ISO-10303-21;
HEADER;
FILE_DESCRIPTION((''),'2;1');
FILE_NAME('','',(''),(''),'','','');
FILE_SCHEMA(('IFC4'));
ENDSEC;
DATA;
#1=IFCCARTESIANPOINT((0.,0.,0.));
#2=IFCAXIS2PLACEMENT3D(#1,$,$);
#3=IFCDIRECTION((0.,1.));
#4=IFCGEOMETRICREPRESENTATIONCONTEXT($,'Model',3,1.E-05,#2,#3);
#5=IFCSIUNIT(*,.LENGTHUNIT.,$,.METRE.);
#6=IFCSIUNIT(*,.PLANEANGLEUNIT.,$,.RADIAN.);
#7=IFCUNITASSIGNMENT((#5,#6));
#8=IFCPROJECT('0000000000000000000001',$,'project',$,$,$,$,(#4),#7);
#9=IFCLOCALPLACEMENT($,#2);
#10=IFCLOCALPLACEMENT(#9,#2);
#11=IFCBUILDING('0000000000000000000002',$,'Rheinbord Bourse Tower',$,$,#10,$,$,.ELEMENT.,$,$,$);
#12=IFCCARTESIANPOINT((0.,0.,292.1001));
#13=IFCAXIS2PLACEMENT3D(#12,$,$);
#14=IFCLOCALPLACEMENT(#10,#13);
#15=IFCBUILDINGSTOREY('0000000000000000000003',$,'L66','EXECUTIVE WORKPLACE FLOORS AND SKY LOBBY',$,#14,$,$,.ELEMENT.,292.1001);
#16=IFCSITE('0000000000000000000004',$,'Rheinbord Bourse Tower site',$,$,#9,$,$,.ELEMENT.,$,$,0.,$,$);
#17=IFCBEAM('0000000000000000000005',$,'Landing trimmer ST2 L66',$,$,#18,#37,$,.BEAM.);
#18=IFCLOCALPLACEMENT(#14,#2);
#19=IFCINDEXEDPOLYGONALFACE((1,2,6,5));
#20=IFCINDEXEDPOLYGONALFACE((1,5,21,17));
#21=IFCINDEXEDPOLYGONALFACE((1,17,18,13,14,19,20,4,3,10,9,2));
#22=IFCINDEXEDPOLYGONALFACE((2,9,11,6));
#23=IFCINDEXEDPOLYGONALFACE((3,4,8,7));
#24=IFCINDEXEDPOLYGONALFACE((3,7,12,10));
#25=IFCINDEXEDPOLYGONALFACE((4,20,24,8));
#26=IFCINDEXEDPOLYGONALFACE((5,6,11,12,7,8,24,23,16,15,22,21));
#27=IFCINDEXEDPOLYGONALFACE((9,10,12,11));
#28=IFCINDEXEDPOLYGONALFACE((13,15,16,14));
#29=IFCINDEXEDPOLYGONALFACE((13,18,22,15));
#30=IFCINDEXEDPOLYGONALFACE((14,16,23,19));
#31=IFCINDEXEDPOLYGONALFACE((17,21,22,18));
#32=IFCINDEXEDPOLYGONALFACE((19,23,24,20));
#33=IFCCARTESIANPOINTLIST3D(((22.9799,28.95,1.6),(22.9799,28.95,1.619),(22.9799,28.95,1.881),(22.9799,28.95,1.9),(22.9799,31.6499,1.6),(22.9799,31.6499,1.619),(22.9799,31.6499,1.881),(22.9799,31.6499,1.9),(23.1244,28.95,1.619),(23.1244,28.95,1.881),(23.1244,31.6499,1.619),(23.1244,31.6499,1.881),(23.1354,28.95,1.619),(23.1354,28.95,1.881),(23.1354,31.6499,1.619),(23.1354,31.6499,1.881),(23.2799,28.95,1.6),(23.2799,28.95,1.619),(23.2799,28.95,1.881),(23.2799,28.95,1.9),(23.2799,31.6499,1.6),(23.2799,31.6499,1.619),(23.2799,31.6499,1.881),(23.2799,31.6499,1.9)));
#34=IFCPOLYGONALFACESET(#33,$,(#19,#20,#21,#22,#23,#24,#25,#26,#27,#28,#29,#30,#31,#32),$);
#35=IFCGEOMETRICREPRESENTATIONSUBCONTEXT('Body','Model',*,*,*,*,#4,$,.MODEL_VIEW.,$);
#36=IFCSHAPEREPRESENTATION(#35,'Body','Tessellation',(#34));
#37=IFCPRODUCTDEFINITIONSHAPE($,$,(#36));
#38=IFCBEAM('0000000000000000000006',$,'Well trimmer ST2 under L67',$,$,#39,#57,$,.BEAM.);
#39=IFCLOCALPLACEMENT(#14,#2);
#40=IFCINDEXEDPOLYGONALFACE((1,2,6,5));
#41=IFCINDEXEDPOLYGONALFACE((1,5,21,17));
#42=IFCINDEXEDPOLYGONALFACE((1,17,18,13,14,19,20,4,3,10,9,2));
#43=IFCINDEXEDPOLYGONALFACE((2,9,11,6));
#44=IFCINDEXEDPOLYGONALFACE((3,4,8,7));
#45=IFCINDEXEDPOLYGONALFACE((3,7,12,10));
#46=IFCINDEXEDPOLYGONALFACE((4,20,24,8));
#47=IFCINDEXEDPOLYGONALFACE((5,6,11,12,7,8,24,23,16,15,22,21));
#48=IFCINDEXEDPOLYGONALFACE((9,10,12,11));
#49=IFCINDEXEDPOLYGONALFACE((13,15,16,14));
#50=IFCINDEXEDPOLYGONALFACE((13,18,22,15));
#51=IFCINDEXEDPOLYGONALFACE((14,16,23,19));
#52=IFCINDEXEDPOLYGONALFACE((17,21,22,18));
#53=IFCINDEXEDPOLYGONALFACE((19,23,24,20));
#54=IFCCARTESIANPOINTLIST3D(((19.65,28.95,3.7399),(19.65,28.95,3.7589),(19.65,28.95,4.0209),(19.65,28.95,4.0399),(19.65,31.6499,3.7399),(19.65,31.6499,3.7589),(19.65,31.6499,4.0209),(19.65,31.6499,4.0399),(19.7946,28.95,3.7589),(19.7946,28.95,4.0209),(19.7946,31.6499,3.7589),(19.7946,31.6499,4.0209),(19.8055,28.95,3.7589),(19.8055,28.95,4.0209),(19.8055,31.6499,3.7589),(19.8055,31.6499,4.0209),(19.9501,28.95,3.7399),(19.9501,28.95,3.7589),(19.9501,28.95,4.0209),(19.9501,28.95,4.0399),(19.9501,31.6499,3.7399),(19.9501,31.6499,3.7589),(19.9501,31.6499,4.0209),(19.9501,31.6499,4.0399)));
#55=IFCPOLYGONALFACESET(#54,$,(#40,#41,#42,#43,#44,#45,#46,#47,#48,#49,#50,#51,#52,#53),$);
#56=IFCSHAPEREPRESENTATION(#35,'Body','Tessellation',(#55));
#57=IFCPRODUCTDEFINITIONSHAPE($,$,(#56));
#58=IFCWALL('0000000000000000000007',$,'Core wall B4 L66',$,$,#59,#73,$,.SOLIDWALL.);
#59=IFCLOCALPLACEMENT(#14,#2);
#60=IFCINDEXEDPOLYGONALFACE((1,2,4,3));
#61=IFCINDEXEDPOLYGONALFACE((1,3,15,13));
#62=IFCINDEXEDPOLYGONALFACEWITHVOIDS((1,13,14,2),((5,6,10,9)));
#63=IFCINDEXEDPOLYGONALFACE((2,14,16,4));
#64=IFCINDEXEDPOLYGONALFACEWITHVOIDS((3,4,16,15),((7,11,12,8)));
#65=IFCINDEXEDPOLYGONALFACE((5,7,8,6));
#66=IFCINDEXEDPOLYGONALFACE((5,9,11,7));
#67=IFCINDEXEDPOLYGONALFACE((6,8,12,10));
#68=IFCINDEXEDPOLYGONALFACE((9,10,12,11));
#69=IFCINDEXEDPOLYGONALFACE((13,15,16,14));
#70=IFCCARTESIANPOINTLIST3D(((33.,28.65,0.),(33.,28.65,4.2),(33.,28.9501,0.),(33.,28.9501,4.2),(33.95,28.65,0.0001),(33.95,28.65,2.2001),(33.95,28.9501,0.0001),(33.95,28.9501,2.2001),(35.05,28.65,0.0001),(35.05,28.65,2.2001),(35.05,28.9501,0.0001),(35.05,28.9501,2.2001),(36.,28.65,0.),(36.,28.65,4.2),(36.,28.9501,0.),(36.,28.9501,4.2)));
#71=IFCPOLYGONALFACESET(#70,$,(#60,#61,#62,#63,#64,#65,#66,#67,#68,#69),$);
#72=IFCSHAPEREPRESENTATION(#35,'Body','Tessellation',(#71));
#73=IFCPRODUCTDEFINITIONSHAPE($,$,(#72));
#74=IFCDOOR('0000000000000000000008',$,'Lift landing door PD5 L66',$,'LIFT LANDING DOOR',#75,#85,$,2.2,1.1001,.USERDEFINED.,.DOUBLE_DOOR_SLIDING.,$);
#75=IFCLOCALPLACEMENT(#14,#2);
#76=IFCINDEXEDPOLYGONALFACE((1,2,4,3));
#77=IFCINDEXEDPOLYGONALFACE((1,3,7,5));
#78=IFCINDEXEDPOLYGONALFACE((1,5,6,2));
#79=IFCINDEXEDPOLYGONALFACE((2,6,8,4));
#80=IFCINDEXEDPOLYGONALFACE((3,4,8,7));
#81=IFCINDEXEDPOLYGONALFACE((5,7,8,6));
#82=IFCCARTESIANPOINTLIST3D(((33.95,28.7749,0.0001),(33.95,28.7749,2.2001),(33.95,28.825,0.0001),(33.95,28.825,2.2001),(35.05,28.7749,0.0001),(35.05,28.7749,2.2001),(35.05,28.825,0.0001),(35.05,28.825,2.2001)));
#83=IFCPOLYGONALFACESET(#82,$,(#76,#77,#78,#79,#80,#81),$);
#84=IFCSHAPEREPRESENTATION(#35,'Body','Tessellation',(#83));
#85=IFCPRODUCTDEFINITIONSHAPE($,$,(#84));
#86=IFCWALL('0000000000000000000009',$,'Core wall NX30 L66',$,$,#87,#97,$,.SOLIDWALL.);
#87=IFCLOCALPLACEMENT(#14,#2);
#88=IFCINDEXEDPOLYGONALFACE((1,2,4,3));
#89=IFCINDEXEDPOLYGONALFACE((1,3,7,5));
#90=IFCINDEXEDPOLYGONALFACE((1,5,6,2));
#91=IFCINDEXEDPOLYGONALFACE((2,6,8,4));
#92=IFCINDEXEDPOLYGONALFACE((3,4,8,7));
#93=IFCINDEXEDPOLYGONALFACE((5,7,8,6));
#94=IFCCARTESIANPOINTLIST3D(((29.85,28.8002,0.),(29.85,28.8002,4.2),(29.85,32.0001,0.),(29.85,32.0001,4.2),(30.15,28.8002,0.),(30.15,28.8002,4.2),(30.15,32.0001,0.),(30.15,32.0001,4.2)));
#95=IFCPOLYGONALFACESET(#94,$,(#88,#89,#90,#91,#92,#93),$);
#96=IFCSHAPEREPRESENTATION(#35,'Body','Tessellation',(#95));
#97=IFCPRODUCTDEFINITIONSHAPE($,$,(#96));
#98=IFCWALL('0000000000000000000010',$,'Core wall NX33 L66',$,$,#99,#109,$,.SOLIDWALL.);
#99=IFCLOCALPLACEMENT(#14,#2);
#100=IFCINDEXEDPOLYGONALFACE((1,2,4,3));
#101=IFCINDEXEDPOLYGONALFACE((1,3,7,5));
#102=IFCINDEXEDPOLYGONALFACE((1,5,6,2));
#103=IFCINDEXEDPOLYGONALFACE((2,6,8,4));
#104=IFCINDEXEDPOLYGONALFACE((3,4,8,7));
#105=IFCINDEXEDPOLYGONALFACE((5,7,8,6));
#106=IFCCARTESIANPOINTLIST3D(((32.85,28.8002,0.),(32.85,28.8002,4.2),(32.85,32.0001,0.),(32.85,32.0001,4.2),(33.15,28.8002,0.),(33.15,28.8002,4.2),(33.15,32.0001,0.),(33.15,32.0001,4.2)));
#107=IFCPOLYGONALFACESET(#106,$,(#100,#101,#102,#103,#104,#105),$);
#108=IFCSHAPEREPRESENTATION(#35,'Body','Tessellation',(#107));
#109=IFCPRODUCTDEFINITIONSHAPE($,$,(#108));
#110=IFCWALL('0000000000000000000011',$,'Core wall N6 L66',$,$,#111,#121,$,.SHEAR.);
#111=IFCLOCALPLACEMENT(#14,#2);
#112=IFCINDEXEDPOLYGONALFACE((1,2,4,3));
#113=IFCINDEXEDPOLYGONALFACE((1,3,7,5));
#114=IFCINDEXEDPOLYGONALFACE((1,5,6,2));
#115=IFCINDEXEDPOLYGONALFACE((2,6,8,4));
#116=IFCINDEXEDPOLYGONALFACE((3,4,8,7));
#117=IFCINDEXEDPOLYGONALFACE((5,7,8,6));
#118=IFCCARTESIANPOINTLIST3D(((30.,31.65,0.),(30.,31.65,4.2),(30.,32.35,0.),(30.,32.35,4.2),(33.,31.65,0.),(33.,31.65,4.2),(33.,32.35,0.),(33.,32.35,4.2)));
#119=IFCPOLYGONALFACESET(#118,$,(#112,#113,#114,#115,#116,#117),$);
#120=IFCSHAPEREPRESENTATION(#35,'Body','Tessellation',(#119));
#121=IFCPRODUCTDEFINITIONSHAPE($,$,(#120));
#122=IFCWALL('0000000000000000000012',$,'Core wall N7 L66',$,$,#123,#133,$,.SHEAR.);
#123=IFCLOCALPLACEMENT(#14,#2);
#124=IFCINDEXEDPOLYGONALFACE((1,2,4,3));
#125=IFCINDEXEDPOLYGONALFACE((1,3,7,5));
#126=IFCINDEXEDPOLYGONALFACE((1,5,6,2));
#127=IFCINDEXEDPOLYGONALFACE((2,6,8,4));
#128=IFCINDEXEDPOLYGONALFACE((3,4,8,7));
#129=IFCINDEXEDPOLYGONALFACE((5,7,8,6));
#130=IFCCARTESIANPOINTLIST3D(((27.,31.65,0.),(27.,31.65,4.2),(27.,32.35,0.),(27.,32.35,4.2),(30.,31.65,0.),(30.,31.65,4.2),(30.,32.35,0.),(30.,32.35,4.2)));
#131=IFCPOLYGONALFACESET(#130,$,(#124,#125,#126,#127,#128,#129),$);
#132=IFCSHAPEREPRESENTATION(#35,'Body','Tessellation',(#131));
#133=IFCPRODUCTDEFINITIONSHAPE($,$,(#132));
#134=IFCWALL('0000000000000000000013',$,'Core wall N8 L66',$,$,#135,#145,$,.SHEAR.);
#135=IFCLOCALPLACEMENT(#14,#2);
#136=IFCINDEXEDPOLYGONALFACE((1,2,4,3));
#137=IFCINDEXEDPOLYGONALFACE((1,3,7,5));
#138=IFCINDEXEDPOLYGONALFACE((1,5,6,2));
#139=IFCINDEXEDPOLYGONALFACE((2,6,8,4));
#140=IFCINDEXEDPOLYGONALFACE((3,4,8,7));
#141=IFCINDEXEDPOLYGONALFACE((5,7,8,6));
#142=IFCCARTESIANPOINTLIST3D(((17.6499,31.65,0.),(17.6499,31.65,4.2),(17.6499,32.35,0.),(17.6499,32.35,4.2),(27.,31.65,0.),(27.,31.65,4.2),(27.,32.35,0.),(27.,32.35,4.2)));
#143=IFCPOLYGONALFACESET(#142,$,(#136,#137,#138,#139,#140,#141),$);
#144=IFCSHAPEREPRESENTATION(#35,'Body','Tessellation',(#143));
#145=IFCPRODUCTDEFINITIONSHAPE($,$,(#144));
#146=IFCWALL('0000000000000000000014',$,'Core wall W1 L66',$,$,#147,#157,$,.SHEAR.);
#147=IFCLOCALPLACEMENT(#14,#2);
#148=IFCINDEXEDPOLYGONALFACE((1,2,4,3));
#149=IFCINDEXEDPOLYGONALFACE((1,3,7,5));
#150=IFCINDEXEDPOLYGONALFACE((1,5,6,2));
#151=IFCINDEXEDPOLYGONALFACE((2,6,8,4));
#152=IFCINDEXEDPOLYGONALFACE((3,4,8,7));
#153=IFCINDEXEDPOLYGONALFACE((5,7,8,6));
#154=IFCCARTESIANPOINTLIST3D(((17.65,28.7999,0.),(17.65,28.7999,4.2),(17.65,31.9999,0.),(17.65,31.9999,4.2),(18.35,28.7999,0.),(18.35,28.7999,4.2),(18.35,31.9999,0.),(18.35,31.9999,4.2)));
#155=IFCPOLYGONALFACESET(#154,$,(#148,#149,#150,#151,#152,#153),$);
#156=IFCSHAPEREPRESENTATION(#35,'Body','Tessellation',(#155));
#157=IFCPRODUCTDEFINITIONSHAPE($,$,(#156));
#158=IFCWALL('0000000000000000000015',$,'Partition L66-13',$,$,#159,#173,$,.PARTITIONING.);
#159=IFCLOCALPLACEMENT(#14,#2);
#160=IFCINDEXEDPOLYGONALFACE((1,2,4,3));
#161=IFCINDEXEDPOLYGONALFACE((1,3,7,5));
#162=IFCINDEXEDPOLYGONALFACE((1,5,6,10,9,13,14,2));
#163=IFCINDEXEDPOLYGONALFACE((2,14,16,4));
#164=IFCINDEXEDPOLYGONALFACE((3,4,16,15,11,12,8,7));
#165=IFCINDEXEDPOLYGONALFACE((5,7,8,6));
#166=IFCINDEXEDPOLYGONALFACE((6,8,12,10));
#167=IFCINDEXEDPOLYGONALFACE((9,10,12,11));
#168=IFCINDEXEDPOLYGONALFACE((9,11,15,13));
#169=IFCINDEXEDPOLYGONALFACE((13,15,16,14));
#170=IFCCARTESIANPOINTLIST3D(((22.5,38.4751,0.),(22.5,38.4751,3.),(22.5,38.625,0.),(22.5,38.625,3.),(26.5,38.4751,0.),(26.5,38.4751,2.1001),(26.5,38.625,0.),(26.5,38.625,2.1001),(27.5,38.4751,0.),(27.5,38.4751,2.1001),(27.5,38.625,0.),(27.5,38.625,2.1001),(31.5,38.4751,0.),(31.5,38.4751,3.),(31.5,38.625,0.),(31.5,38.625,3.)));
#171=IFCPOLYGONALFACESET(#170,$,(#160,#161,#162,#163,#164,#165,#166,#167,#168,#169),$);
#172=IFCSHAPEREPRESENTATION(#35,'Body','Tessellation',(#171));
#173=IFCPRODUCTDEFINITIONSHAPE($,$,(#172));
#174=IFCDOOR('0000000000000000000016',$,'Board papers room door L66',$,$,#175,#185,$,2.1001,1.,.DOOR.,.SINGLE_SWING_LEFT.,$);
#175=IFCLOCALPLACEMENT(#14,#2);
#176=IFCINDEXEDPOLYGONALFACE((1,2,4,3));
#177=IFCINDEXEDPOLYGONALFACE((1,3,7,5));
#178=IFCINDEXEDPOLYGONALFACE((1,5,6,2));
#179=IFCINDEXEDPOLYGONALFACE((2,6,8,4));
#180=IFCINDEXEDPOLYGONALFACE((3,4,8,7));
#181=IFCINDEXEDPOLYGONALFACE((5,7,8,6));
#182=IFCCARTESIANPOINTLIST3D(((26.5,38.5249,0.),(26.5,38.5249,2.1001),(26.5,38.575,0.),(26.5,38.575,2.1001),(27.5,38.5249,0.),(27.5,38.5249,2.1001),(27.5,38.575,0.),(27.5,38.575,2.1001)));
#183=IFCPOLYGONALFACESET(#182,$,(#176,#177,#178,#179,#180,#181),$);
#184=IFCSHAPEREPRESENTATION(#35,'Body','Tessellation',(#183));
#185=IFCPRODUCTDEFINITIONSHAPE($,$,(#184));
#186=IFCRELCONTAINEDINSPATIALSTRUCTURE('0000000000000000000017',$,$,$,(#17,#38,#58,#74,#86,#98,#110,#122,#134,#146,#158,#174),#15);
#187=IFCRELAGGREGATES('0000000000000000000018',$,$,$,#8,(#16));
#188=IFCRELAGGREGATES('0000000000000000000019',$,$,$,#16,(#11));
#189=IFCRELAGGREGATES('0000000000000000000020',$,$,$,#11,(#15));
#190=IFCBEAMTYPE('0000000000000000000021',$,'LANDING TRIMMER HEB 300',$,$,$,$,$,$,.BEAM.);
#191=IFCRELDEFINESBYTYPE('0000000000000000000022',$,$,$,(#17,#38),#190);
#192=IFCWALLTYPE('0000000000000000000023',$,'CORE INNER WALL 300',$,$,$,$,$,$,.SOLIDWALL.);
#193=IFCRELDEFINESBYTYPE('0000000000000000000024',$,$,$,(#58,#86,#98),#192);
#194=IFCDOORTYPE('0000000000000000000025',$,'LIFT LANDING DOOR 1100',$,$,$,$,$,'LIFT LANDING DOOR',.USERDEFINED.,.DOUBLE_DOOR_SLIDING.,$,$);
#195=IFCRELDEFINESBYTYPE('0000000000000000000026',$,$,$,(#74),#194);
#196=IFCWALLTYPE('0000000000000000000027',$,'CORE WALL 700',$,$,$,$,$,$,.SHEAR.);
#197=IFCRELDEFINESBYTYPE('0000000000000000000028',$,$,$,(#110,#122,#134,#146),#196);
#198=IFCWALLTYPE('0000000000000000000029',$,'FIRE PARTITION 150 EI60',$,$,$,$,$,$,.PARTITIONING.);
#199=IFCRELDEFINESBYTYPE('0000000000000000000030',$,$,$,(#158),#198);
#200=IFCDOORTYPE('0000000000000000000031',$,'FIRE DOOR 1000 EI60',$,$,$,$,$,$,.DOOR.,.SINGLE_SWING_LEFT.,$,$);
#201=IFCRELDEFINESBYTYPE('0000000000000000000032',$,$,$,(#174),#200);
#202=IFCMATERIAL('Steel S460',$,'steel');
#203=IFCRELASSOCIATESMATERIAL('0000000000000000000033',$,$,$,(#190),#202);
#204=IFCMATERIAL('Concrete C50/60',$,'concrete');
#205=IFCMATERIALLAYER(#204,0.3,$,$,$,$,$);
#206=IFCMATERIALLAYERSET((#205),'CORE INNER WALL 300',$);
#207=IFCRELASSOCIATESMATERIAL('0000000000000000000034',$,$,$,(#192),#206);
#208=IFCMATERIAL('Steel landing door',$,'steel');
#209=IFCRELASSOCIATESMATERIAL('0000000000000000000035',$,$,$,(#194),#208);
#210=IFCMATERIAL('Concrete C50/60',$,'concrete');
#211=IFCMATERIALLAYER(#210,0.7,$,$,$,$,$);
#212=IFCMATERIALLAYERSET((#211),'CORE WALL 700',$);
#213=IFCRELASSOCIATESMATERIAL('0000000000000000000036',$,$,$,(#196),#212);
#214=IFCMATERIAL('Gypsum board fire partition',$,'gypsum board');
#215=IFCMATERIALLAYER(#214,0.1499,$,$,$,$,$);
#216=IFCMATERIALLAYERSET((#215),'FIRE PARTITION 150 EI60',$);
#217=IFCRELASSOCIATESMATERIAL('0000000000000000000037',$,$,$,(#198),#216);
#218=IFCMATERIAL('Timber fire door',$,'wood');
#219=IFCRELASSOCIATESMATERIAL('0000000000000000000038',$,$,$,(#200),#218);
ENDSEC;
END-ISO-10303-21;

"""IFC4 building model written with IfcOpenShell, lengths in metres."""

from ifc_helpers import new_model, si_unit, direction, frame, frame_2d, origin, origin_2d, place, context, subcontext, project, spatial, rectangle, i_section, extrude, material, layer, layer_set, material_profile, profile_set, type_object, element, fill, save


model = new_model("IFC4")

# Units and contexts
model_context = context("Model", 3, precision=1e-05, world=origin(), true_north=direction((0.0, 1.0)))
body_context = subcontext(model_context, "Body", "Model", "MODEL_VIEW")
ifc_project = project(units=[si_unit("LENGTHUNIT", "METRE"), si_unit("PLANEANGLEUNIT", "RADIAN")], contexts=[model_context])

# Site, building, storey
site_placement = place(None, origin())
site = spatial("IfcSite", under=ifc_project, at=site_placement, Name="Rheinbord Bourse Tower site", CompositionType="ELEMENT", RefElevation=0.0)
building_placement = place(site_placement, origin())
building = spatial("IfcBuilding", under=site, at=building_placement, Name="Rheinbord Bourse Tower", CompositionType="ELEMENT")
storey_placement = place(building_placement, frame((0.0, 0.0, 292.1001)))
storey = spatial("IfcBuildingStorey", under=building, at=storey_placement, Name="L66", Description="EXECUTIVE WORKPLACE FLOORS AND SKY LOBBY", CompositionType="ELEMENT", Elevation=292.1001)

# Beams
ifc_material_1 = material(Name="Steel S460", Category="steel")
ifc_material_profile = material_profile(ifc_material_1, i_section(OverallWidth=0.3, OverallDepth=0.3, WebThickness=0.011, FlangeThickness=0.019, at=origin_2d()), Name="HEB 300")
ifc_profile_set = profile_set([ifc_material_profile], Name="Steel S460")
beam_type = type_object("IfcBeamType", Name="LANDING TRIMMER HEB 300", PredefinedType="BEAM", material=ifc_profile_set)
for number, where, z_axis, x_axis, name in (
    (1, (23.1299, 28.95, 1.75), (0.0, 1.0, 0.0), (-1.0, 0.0, 0.0), "Landing trimmer ST2 L66"),
    (2, (19.8, 28.95, 3.8899), (0.0, 1.0, 0.0), (-1.0, 0.0, 0.0), "Well trimmer ST2 under L67"),
):
    element("IfcBeam", number, at=place(storey_placement, frame(where, z_axis=z_axis, x_axis=x_axis)), inside=storey, type_object=beam_type, Name=name, PredefinedType="BEAM", context=body_context, shape_type="SweptSolid", body=[
        extrude(i_section(OverallWidth=0.3, OverallDepth=0.3, WebThickness=0.011, FlangeThickness=0.019, at=origin_2d()), origin(), (0.0, 0.0, 1.0), 2.7),
    ])

# Wall, opening, door
ifc_material_2 = material(Name="Concrete C50/60", Category="concrete")
ifc_layer_1 = layer(ifc_material_2, 0.3)
ifc_layer_set_1 = layer_set([ifc_layer_1], Name="CORE INNER WALL 300")
wall_type_1 = type_object("IfcWallType", Name="CORE INNER WALL 300", PredefinedType="SOLIDWALL", material=ifc_layer_set_1)
wall_1_placement = place(storey_placement, frame((33.0, 28.8, 0.0), z_axis=(0.0, 0.0, 1.0), x_axis=(1.0, 0.0, 0.0)))
wall_1 = element("IfcWall", 3, at=wall_1_placement, inside=storey, type_object=wall_type_1, Name="Core wall B4 L66", PredefinedType="SOLIDWALL", context=body_context, shape_type="SweptSolid", body=[
    extrude(rectangle(XDim=3.0, YDim=0.3, at=frame_2d((1.5, 0.0))), origin(), (0.0, 0.0, 1.0), 4.2),
])
opening_1_placement = place(wall_1_placement, frame((0.95, 0.0, 0.0)))
opening_1 = element("IfcOpeningElement", 4, at=opening_1_placement, cuts=wall_1, PredefinedType="OPENING", context=body_context, shape_type="SweptSolid", body=[
    extrude(rectangle(XDim=1.1001, YDim=2.2, at=frame_2d((0.55, 1.1001))), frame((0.0, 0.1599, 0.0), z_axis=(0.0, -1.0, 0.0), x_axis=(1.0, 0.0, 0.0)), (0.0, 0.0, 1.0), 0.3201),
])
ifc_material_3 = material(Name="Steel landing door", Category="steel")
door_type_1 = type_object("IfcDoorType", Name="LIFT LANDING DOOR 1100", ElementType="LIFT LANDING DOOR", OperationType="DOUBLE_DOOR_SLIDING", PredefinedType="USERDEFINED", material=ifc_material_3)
door_1_placement = place(opening_1_placement, origin())
door_1 = element("IfcDoor", 5, at=door_1_placement, inside=storey, type_object=door_type_1, Name="Lift landing door PD5 L66", ObjectType="LIFT LANDING DOOR", OperationType="DOUBLE_DOOR_SLIDING", OverallHeight=2.2, OverallWidth=1.1001, PredefinedType="USERDEFINED", context=body_context, shape_type="SweptSolid", body=[
    extrude(rectangle(XDim=1.1001, YDim=2.2, at=frame_2d((0.55, 1.1001))), frame((0.0, 0.0249, 0.0), z_axis=(0.0, -1.0, 0.0), x_axis=(1.0, 0.0, 0.0)), (0.0, 0.0, 1.0), 0.05),
])
fill(opening_1, door_1)

# Walls
for number, where, z_axis, x_axis, name in (
    (6, (30.0, 28.8, 0.0), (0.0, 0.0, 1.0), (0.0, 1.0, 0.0), "Core wall NX30 L66"),
    (7, (33.0, 28.8, 0.0), (0.0, 0.0, 1.0), (0.0, 1.0, 0.0), "Core wall NX33 L66"),
):
    element("IfcWall", number, at=place(storey_placement, frame(where, z_axis=z_axis, x_axis=x_axis)), inside=storey, type_object=wall_type_1, Name=name, PredefinedType="SOLIDWALL", context=body_context, shape_type="SweptSolid", body=[
        extrude(rectangle(XDim=3.2, YDim=0.3, at=frame_2d((1.6001, 0.0))), origin(), (0.0, 0.0, 1.0), 4.2),
    ])
ifc_material_4 = material(Name="Concrete C50/60", Category="concrete")
ifc_layer_2 = layer(ifc_material_4, 0.7)
ifc_layer_set_2 = layer_set([ifc_layer_2], Name="CORE WALL 700")
wall_type_2 = type_object("IfcWallType", Name="CORE WALL 700", PredefinedType="SHEAR", material=ifc_layer_set_2)
for number, where, z_axis, x_axis, name in (
    (8, (33.0, 32.0, 0.0), (0.0, 0.0, 1.0), (-1.0, 0.0, 0.0), "Core wall N6 L66"),
    (9, (30.0, 32.0, 0.0), (0.0, 0.0, 1.0), (-1.0, 0.0, 0.0), "Core wall N7 L66"),
):
    element("IfcWall", number, at=place(storey_placement, frame(where, z_axis=z_axis, x_axis=x_axis)), inside=storey, type_object=wall_type_2, Name=name, PredefinedType="SHEAR", context=body_context, shape_type="SweptSolid", body=[
        extrude(rectangle(XDim=3.0, YDim=0.7, at=frame_2d((1.5, 0.0))), origin(), (0.0, 0.0, 1.0), 4.2),
    ])
wall_2_placement = place(storey_placement, frame((27.0, 32.0, 0.0), z_axis=(0.0, 0.0, 1.0), x_axis=(-1.0, 0.0, 0.0)))
element("IfcWall", 10, at=wall_2_placement, inside=storey, type_object=wall_type_2, Name="Core wall N8 L66", PredefinedType="SHEAR", context=body_context, shape_type="SweptSolid", body=[
    extrude(rectangle(XDim=9.3501, YDim=0.7, at=frame_2d((4.675, 0.0))), origin(), (0.0, 0.0, 1.0), 4.2),
])
wall_3_placement = place(storey_placement, frame((18.0, 32.0, 0.0), z_axis=(0.0, 0.0, 1.0), x_axis=(0.0, -1.0, 0.0)))
element("IfcWall", 11, at=wall_3_placement, inside=storey, type_object=wall_type_2, Name="Core wall W1 L66", PredefinedType="SHEAR", context=body_context, shape_type="SweptSolid", body=[
    extrude(rectangle(XDim=3.2, YDim=0.7, at=frame_2d((1.6001, 0.0))), origin(), (0.0, 0.0, 1.0), 4.2),
])

# Wall, opening, door
ifc_material_5 = material(Name="Gypsum board fire partition", Category="gypsum board")
ifc_layer_3 = layer(ifc_material_5, 0.1499)
ifc_layer_set_3 = layer_set([ifc_layer_3], Name="FIRE PARTITION 150 EI60")
wall_type_3 = type_object("IfcWallType", Name="FIRE PARTITION 150 EI60", PredefinedType="PARTITIONING", material=ifc_layer_set_3)
wall_4_placement = place(storey_placement, frame((22.5, 38.55, 0.0), z_axis=(0.0, 0.0, 1.0), x_axis=(1.0, 0.0, 0.0)))
wall_4 = element("IfcWall", 12, at=wall_4_placement, inside=storey, type_object=wall_type_3, Name="Partition L66-13", PredefinedType="PARTITIONING", context=body_context, shape_type="SweptSolid", body=[
    extrude(rectangle(XDim=9.0, YDim=0.1499, at=frame_2d((4.5, 0.0))), origin(), (0.0, 0.0, 1.0), 3.0),
])
opening_2_placement = place(wall_4_placement, frame((4.0, 0.0, 0.0)))
opening_2 = element("IfcOpeningElement", 13, at=opening_2_placement, cuts=wall_4, PredefinedType="OPENING", context=body_context, shape_type="SweptSolid", body=[
    extrude(rectangle(XDim=1.0, YDim=2.1001, at=frame_2d((0.5, 1.05))), frame((0.0, 0.085, 0.0), z_axis=(0.0, -1.0, 0.0), x_axis=(1.0, 0.0, 0.0)), (0.0, 0.0, 1.0), 0.1699),
])
ifc_material_6 = material(Name="Timber fire door", Category="wood")
door_type_2 = type_object("IfcDoorType", Name="FIRE DOOR 1000 EI60", OperationType="SINGLE_SWING_LEFT", PredefinedType="DOOR", material=ifc_material_6)
door_2_placement = place(opening_2_placement, origin())
door_2 = element("IfcDoor", 14, at=door_2_placement, inside=storey, type_object=door_type_2, Name="Board papers room door L66", OperationType="SINGLE_SWING_LEFT", OverallHeight=2.1001, OverallWidth=1.0, PredefinedType="DOOR", context=body_context, shape_type="SweptSolid", body=[
    extrude(rectangle(XDim=1.0, YDim=2.1001, at=frame_2d((0.5, 1.05))), frame((0.0, 0.0249, 0.0), z_axis=(0.0, -1.0, 0.0), x_axis=(1.0, 0.0, 0.0)), (0.0, 0.0, 1.0), 0.05),
])
fill(opening_2, door_2)

save(model, "model.ifc")
